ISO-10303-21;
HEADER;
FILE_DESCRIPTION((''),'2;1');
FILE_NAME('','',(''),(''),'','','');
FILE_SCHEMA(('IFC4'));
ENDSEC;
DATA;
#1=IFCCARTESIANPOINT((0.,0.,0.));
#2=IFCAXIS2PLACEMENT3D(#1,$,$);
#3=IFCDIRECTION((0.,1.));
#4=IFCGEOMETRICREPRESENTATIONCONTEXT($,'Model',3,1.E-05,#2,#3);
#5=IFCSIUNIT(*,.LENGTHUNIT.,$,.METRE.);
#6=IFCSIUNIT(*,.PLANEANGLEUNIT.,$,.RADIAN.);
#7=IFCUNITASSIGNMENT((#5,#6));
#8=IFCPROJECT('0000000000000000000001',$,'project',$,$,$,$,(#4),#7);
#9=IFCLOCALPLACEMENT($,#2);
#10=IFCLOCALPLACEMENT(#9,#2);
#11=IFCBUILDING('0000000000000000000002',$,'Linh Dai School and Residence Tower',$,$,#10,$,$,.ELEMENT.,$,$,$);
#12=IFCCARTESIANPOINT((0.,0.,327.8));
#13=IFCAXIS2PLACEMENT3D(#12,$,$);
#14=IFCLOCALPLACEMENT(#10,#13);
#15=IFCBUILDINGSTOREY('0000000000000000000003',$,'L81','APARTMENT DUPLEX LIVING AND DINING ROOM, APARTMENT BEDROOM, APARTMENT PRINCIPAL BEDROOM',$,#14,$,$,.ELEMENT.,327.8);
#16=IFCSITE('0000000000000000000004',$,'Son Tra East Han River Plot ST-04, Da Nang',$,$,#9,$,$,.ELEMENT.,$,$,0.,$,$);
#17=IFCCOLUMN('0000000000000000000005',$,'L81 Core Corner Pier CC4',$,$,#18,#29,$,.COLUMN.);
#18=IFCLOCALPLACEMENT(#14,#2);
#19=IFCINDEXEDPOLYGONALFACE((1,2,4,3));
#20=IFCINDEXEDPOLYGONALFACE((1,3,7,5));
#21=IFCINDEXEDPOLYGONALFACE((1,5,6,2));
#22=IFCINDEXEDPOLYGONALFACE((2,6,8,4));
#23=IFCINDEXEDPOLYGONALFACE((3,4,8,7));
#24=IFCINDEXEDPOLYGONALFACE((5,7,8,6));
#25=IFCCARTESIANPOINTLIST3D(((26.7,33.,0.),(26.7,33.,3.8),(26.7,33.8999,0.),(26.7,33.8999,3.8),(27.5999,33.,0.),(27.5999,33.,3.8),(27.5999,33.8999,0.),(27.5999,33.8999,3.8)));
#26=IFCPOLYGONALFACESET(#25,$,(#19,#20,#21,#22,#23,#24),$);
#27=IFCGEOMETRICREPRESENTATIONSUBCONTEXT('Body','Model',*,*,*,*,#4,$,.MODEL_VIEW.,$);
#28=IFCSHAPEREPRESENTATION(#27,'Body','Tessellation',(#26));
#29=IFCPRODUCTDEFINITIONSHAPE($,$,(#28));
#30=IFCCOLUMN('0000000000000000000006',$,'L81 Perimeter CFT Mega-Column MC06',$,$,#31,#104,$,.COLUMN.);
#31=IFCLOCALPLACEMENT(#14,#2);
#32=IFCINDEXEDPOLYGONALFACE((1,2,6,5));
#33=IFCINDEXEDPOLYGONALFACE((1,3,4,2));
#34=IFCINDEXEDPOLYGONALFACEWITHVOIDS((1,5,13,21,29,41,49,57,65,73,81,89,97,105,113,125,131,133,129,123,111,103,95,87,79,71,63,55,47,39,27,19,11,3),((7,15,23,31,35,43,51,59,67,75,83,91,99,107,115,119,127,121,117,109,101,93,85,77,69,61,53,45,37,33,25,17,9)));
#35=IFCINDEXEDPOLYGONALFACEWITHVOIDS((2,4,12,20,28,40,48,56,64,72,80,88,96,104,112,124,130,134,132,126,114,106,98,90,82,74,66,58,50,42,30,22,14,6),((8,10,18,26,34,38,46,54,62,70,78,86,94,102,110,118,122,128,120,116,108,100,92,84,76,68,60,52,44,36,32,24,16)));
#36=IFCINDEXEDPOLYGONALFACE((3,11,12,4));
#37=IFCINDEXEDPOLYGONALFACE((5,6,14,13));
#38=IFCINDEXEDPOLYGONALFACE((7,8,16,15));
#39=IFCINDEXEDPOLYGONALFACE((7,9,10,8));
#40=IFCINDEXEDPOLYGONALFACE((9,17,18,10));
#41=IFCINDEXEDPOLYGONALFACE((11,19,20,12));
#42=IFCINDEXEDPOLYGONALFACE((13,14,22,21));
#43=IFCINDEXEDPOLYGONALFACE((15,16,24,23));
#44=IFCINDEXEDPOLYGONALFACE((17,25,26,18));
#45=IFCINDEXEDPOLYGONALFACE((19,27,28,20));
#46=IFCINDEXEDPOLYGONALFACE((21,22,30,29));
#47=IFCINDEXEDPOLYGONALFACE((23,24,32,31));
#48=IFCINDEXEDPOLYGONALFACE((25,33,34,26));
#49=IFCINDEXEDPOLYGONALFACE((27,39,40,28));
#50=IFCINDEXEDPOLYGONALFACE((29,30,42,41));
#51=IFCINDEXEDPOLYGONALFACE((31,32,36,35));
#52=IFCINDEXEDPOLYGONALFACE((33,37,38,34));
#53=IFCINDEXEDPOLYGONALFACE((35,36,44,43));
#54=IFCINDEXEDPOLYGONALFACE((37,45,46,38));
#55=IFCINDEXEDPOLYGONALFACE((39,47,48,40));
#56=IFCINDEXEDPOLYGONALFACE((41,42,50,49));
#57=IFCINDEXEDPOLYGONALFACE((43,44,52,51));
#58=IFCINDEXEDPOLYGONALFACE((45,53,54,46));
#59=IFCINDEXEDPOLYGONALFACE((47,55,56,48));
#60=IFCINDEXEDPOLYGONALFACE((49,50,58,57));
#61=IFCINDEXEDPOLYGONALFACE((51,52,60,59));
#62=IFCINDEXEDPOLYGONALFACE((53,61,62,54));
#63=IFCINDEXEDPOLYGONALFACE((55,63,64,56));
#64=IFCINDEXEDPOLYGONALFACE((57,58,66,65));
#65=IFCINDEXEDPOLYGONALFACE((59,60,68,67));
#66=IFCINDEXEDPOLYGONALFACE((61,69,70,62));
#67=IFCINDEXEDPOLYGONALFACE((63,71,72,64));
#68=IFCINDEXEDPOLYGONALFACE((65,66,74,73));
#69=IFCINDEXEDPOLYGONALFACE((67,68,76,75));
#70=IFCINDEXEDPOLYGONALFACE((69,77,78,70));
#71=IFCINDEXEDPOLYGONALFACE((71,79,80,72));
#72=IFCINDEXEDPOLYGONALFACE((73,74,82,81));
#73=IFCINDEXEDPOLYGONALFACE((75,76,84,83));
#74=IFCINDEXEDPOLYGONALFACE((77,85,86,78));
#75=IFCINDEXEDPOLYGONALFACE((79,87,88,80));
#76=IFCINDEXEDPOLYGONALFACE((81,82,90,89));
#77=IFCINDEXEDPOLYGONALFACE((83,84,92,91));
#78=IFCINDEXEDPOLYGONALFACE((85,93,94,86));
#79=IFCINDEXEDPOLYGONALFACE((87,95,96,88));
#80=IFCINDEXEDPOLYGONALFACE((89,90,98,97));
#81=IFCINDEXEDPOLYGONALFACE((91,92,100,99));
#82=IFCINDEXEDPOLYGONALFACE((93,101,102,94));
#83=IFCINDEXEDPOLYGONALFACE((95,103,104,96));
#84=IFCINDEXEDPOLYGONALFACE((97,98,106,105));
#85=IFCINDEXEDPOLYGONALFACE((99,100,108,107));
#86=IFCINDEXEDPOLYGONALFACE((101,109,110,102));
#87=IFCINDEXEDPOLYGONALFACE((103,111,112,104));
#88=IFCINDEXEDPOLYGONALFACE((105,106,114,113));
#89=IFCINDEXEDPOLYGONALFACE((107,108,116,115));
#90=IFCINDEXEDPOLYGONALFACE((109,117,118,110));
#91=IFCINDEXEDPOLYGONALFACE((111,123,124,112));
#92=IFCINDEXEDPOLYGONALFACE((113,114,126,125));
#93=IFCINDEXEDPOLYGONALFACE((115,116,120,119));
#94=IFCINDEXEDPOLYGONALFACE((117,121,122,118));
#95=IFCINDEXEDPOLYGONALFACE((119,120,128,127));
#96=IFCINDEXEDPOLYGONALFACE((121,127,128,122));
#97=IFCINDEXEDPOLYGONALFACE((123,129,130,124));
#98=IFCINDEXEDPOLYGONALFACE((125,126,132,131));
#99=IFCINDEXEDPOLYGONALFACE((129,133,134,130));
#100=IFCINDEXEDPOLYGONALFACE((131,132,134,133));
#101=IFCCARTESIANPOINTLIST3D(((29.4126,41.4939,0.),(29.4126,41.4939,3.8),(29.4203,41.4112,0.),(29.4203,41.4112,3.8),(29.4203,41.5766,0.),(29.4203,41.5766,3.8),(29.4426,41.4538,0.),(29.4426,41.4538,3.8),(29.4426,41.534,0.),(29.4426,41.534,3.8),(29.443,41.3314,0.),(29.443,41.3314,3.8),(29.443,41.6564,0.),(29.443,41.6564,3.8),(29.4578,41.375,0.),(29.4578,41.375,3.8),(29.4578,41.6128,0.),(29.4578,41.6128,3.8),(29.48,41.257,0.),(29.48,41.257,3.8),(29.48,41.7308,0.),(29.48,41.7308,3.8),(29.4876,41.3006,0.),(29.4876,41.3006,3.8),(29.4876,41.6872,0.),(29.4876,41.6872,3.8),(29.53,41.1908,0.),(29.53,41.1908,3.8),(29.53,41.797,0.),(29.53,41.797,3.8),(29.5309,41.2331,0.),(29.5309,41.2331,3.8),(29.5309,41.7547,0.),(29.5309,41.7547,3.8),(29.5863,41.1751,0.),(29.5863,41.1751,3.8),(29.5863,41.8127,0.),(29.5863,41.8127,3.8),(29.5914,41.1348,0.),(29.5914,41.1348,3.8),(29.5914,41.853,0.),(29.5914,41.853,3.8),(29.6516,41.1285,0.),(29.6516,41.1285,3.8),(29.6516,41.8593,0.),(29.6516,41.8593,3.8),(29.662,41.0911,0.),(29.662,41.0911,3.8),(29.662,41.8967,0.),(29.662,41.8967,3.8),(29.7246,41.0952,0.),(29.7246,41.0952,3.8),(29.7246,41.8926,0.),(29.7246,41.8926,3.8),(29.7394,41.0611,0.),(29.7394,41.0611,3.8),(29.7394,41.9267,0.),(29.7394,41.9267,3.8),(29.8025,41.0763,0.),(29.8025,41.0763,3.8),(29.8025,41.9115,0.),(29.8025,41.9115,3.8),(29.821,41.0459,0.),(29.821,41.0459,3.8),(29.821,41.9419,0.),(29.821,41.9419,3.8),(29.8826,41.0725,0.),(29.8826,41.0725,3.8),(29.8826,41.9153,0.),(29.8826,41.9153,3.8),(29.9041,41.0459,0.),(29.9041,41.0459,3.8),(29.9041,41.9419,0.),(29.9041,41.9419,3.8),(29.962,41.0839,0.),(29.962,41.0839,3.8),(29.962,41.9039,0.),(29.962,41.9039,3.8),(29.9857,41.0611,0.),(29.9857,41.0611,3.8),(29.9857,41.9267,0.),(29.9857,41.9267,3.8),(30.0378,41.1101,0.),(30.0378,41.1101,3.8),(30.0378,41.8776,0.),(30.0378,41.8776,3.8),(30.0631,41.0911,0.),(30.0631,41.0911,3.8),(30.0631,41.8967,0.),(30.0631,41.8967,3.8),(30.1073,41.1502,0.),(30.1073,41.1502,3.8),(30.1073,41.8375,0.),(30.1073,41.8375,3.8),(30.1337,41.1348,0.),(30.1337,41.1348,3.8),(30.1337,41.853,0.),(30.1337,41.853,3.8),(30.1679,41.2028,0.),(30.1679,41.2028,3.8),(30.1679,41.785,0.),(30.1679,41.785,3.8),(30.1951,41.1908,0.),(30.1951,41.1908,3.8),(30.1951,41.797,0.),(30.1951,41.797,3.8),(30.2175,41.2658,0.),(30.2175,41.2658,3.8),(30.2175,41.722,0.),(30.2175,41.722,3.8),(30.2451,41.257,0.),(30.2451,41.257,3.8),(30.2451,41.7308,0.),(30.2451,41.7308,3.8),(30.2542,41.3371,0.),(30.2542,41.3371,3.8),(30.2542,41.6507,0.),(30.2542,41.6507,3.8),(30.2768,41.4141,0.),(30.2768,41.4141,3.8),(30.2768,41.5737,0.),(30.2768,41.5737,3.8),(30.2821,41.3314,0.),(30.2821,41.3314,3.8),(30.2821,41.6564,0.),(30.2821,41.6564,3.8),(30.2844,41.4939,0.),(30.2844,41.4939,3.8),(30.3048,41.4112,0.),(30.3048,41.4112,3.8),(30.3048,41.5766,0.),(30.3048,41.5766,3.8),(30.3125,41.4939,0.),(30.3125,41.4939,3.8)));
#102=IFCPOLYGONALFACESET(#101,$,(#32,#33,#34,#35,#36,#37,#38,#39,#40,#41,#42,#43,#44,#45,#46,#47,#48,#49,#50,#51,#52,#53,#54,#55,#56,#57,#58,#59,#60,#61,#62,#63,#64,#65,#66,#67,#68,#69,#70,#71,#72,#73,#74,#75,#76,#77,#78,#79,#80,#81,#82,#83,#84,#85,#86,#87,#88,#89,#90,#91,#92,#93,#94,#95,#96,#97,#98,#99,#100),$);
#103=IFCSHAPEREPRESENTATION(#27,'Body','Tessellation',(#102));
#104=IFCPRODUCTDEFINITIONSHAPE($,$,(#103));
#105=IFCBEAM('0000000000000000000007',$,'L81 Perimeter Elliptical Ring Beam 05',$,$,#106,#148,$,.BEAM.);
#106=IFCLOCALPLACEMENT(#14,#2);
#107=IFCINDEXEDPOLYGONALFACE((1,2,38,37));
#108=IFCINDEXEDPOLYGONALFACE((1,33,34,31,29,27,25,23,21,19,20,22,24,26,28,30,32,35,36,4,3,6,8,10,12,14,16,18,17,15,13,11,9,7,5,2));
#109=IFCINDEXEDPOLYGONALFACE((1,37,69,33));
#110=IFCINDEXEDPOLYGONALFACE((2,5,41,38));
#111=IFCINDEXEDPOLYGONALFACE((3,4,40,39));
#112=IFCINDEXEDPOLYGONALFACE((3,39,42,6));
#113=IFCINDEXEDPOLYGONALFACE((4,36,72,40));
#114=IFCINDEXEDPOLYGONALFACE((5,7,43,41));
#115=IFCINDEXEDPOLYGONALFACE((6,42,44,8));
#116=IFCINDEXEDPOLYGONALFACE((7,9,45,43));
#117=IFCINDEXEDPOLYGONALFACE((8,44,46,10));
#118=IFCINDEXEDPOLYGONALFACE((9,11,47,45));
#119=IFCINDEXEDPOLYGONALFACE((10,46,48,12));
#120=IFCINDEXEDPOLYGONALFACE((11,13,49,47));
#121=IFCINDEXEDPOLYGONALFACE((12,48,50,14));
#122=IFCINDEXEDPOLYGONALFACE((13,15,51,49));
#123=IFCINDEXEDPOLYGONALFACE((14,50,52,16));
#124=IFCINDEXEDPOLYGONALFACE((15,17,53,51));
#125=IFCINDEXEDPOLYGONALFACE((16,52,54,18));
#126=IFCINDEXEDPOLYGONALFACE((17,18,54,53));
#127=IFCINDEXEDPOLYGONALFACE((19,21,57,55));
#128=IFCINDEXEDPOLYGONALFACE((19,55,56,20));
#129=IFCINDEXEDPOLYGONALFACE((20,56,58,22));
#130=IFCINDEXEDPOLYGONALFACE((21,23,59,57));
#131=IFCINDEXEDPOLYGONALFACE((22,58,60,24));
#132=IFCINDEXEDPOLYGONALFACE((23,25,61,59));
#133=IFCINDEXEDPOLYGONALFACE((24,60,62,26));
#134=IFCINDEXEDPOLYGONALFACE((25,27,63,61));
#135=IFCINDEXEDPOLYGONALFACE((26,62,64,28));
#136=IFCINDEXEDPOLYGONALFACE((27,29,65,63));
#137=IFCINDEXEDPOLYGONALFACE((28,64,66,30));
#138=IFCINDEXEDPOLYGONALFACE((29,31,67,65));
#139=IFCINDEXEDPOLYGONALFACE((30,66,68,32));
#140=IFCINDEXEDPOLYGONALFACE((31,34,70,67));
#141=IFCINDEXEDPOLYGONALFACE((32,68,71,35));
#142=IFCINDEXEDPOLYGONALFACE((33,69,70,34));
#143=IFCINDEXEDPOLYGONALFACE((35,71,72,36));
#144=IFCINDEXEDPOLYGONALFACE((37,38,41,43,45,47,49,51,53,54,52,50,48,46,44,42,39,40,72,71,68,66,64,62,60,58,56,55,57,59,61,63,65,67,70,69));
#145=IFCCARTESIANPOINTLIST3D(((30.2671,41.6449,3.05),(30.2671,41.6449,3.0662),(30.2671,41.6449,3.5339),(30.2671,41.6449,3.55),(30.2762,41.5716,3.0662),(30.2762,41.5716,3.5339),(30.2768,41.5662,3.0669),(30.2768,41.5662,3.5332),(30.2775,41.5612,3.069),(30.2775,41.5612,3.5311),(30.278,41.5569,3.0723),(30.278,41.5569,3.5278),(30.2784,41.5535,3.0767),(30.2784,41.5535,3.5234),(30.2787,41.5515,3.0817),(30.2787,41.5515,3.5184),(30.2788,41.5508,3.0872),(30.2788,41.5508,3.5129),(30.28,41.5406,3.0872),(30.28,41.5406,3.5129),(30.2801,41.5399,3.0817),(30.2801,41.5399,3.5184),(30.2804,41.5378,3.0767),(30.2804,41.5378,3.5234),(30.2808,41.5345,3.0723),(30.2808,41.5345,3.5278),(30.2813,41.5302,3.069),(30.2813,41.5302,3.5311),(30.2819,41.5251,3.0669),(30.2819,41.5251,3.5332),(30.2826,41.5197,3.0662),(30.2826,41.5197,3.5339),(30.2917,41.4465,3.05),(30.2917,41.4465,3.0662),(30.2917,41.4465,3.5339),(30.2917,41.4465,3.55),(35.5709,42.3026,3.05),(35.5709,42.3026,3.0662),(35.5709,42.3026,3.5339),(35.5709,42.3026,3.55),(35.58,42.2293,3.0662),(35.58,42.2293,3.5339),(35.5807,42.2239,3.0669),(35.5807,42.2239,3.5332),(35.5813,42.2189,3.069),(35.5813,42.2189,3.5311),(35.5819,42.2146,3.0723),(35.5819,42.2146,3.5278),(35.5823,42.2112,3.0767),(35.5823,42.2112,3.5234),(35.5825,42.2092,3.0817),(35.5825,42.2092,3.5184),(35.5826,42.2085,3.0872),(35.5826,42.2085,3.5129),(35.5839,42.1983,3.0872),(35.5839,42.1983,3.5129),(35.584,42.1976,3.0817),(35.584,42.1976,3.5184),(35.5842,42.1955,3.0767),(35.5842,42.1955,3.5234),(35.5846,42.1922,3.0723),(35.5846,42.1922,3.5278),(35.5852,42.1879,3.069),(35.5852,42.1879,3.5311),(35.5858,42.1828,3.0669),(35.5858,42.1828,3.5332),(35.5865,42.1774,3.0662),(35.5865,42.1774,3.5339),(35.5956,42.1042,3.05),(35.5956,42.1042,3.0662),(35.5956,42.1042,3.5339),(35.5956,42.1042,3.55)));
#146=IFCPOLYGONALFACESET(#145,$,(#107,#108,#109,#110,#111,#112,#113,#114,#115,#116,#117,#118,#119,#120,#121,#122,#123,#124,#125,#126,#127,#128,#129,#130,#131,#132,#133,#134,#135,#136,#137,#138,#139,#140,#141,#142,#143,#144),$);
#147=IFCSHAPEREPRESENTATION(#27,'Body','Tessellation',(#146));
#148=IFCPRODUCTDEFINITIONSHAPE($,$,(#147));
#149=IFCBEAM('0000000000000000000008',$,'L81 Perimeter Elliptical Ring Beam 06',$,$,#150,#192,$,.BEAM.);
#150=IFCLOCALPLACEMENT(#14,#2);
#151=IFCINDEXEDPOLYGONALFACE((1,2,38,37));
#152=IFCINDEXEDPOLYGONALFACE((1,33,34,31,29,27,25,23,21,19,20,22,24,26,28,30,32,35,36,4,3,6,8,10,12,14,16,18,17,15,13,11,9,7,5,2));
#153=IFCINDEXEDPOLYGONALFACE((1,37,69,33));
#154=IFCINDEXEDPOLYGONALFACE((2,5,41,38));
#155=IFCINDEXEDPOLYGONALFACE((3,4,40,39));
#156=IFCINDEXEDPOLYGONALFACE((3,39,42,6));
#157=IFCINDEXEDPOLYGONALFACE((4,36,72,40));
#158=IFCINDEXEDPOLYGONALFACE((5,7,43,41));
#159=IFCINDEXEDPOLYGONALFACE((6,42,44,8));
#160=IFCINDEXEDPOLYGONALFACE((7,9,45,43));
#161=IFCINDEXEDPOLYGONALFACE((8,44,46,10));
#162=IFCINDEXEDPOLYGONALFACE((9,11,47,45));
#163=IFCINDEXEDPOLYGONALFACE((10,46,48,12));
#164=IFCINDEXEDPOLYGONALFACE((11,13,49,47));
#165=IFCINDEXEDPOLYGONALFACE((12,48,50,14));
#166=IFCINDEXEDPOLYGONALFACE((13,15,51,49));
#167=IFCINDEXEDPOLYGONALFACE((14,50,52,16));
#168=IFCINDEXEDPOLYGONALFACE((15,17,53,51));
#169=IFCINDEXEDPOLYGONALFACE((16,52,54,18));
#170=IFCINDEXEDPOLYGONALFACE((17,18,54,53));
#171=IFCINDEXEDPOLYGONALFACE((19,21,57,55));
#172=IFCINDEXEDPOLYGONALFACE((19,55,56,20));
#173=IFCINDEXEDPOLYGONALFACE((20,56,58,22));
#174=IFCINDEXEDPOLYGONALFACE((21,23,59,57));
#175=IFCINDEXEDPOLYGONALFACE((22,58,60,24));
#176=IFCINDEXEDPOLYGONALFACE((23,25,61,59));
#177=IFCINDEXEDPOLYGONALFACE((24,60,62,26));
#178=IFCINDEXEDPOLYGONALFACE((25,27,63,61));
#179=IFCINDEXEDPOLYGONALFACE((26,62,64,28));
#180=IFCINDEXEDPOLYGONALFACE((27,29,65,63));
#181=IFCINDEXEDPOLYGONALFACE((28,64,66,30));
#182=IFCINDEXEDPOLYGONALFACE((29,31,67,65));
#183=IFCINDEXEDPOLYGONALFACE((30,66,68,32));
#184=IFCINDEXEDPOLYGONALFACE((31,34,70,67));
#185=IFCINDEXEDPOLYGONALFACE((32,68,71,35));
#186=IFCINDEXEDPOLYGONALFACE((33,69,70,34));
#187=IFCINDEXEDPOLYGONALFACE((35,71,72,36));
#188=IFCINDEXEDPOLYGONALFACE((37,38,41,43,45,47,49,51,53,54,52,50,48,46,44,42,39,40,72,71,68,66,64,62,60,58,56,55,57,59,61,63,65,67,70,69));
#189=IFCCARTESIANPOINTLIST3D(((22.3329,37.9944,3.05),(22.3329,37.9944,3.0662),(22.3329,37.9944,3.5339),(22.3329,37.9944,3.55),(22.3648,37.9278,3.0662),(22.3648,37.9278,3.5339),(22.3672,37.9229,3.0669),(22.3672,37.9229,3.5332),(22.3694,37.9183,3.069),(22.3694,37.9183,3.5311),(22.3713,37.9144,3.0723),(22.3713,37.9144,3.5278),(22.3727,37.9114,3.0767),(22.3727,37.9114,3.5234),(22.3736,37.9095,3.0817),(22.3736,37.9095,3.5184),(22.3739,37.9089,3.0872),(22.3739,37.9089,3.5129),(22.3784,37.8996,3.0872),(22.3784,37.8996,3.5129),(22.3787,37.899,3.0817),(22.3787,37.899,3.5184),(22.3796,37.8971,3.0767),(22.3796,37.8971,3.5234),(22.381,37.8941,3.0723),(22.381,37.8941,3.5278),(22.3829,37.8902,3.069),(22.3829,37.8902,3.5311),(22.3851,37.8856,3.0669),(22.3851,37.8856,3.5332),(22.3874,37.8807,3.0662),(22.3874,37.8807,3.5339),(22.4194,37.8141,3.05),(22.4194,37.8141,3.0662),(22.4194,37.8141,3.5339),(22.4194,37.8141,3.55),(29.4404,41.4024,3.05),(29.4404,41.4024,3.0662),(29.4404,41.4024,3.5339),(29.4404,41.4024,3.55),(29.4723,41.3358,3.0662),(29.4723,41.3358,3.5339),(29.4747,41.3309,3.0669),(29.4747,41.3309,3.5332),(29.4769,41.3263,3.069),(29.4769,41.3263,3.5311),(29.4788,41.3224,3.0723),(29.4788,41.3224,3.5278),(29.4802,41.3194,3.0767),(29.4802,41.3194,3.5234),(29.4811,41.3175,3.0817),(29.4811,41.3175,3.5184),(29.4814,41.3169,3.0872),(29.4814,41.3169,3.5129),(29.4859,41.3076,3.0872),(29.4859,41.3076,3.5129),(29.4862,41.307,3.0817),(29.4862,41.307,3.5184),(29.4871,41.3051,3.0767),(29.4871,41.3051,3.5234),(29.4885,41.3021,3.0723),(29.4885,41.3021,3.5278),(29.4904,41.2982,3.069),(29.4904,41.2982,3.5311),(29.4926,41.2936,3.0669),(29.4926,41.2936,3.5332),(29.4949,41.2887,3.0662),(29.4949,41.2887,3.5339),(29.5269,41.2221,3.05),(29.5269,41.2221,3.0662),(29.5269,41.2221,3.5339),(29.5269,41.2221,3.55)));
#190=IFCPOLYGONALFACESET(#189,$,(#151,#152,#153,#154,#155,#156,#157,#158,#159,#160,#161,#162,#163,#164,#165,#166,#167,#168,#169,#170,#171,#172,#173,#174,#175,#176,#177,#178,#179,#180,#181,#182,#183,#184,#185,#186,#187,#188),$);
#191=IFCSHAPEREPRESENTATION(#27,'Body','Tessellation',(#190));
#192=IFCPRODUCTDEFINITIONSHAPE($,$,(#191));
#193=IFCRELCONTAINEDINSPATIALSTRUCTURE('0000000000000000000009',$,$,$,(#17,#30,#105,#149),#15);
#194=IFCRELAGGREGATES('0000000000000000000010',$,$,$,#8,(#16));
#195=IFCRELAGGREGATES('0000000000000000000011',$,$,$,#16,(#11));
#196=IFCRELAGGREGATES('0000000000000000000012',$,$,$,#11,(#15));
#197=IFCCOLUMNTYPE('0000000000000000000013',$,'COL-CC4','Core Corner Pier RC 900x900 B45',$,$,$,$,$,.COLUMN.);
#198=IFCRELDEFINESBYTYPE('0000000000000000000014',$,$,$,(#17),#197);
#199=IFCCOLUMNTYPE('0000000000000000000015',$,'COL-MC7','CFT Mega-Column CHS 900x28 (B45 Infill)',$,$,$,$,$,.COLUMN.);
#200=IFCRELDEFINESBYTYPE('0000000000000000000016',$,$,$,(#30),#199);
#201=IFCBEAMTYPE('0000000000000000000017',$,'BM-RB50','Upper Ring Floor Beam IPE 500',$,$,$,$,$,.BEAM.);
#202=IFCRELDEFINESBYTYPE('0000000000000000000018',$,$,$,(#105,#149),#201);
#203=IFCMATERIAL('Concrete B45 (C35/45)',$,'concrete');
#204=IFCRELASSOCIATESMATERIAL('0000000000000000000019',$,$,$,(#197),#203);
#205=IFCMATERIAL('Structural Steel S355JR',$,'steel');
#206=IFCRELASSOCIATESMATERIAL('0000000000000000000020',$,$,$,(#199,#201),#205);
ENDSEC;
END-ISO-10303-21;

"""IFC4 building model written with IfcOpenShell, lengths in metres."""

from ifc_helpers import new_model, si_unit, direction, frame, origin, origin_2d, place, context, subcontext, project, spatial, rectangle, hollow_circle, i_section, extrude, material, material_profile, profile_set, type_object, element, save


model = new_model("IFC4")

# Units and contexts
model_context = context("Model", 3, precision=1e-05, world=origin(), true_north=direction((0.0, 1.0)))
body_context = subcontext(model_context, "Body", "Model", "MODEL_VIEW")
ifc_project = project(units=[si_unit("LENGTHUNIT", "METRE"), si_unit("PLANEANGLEUNIT", "RADIAN")], contexts=[model_context])

# Site, building, storey
site_placement = place(None, origin())
site = spatial("IfcSite", under=ifc_project, at=site_placement, Name="Son Tra East Han River Plot ST-04, Da Nang", CompositionType="ELEMENT", RefElevation=0.0)
building_placement = place(site_placement, origin())
building = spatial("IfcBuilding", under=site, at=building_placement, Name="Linh Dai School and Residence Tower", CompositionType="ELEMENT")
storey_placement = place(building_placement, frame((0.0, 0.0, 327.8)))
storey = spatial("IfcBuildingStorey", under=building, at=storey_placement, Name="L81", Description="APARTMENT DUPLEX LIVING AND DINING ROOM, APARTMENT BEDROOM, APARTMENT PRINCIPAL BEDROOM", CompositionType="ELEMENT", Elevation=327.8)

# Columns
ifc_material_1 = material(Name="Concrete B45 (C35/45)", Category="concrete")
ifc_material_profile_1 = material_profile(ifc_material_1, rectangle(XDim=0.8999, YDim=0.8999, at=origin_2d()), Name="RC 900x900")
ifc_profile_set_1 = profile_set([ifc_material_profile_1], Name="Concrete B45 (C35/45)")
column_type_1 = type_object("IfcColumnType", Name="COL-CC4", Description="Core Corner Pier RC 900x900 B45", PredefinedType="COLUMN", material=ifc_profile_set_1)
column_1_placement = place(storey_placement, frame((27.1499, 33.45, 0.0), z_axis=(0.0, 0.0, 1.0), x_axis=(1.0, 0.0, 0.0)))
element("IfcColumn", 1, at=column_1_placement, inside=storey, type_object=column_type_1, Name="L81 Core Corner Pier CC4", PredefinedType="COLUMN", context=body_context, shape_type="SweptSolid", body=[
    extrude(rectangle(XDim=0.8999, YDim=0.8999, at=origin_2d()), origin(), (0.0, 0.0, 1.0), 3.8),
])
ifc_material_2 = material(Name="Structural Steel S355JR", Category="steel")
ifc_material_profile_2 = material_profile(ifc_material_2, hollow_circle(Radius=0.45, WallThickness=0.0281, at=origin_2d()), Name="CHS 900x28")
ifc_profile_set_2 = profile_set([ifc_material_profile_2], Name="Structural Steel S355JR")
column_type_2 = type_object("IfcColumnType", Name="COL-MC7", Description="CFT Mega-Column CHS 900x28 (B45 Infill)", PredefinedType="COLUMN", material=ifc_profile_set_2)
column_2_placement = place(storey_placement, frame((29.8625, 41.4939, 0.0), z_axis=(0.0, 0.0, 1.0), x_axis=(1.0, 0.0, 0.0)))
element("IfcColumn", 2, at=column_2_placement, inside=storey, type_object=column_type_2, Name="L81 Perimeter CFT Mega-Column MC06", PredefinedType="COLUMN", context=body_context, shape_type="SweptSolid", body=[
    extrude(hollow_circle(Radius=0.45, WallThickness=0.0281, at=origin_2d()), origin(), (0.0, 0.0, 1.0), 3.8),
])

# Beams
ifc_material_profile_3 = material_profile(ifc_material_2, i_section(OverallWidth=0.2, OverallDepth=0.5, WebThickness=0.0103, FlangeThickness=0.0161, FilletRadius=0.021, at=origin_2d()), Name="IPE 500")
ifc_profile_set_3 = profile_set([ifc_material_profile_3], Name="Structural Steel S355JR")
beam_type_1 = type_object("IfcBeamType", Name="BM-RB50", Description="Upper Ring Floor Beam IPE 500", PredefinedType="BEAM", material=ifc_profile_set_3)
beam_1_placement = place(storey_placement, frame((35.5833, 42.2034, 3.3), z_axis=(-0.992399, -0.123062, 0.0), x_axis=(0.123062, -0.992399, 0.0)))
element("IfcBeam", 3, at=beam_1_placement, inside=storey, type_object=beam_type_1, Name="L81 Perimeter Elliptical Ring Beam 05", PredefinedType="BEAM", context=body_context, shape_type="SweptSolid", body=[
    extrude(i_section(OverallWidth=0.2, OverallDepth=0.5, WebThickness=0.0103, FlangeThickness=0.0161, FilletRadius=0.021, at=origin_2d()), origin(), (0.0, 0.0, 1.0), 5.3445),
])
beam_2_placement = place(storey_placement, frame((29.4836, 41.3123, 3.3), z_axis=(-0.901701, -0.432359, 0.0), x_axis=(0.432359, -0.901701, 0.0)))
element("IfcBeam", 4, at=beam_2_placement, inside=storey, type_object=beam_type_1, Name="L81 Perimeter Elliptical Ring Beam 06", PredefinedType="BEAM", context=body_context, shape_type="SweptSolid", body=[
    extrude(i_section(OverallWidth=0.2, OverallDepth=0.5, WebThickness=0.0103, FlangeThickness=0.0161, FilletRadius=0.021, at=origin_2d()), origin(), (0.0, 0.0, 1.0), 7.8823),
])

save(model, "model.ifc")
